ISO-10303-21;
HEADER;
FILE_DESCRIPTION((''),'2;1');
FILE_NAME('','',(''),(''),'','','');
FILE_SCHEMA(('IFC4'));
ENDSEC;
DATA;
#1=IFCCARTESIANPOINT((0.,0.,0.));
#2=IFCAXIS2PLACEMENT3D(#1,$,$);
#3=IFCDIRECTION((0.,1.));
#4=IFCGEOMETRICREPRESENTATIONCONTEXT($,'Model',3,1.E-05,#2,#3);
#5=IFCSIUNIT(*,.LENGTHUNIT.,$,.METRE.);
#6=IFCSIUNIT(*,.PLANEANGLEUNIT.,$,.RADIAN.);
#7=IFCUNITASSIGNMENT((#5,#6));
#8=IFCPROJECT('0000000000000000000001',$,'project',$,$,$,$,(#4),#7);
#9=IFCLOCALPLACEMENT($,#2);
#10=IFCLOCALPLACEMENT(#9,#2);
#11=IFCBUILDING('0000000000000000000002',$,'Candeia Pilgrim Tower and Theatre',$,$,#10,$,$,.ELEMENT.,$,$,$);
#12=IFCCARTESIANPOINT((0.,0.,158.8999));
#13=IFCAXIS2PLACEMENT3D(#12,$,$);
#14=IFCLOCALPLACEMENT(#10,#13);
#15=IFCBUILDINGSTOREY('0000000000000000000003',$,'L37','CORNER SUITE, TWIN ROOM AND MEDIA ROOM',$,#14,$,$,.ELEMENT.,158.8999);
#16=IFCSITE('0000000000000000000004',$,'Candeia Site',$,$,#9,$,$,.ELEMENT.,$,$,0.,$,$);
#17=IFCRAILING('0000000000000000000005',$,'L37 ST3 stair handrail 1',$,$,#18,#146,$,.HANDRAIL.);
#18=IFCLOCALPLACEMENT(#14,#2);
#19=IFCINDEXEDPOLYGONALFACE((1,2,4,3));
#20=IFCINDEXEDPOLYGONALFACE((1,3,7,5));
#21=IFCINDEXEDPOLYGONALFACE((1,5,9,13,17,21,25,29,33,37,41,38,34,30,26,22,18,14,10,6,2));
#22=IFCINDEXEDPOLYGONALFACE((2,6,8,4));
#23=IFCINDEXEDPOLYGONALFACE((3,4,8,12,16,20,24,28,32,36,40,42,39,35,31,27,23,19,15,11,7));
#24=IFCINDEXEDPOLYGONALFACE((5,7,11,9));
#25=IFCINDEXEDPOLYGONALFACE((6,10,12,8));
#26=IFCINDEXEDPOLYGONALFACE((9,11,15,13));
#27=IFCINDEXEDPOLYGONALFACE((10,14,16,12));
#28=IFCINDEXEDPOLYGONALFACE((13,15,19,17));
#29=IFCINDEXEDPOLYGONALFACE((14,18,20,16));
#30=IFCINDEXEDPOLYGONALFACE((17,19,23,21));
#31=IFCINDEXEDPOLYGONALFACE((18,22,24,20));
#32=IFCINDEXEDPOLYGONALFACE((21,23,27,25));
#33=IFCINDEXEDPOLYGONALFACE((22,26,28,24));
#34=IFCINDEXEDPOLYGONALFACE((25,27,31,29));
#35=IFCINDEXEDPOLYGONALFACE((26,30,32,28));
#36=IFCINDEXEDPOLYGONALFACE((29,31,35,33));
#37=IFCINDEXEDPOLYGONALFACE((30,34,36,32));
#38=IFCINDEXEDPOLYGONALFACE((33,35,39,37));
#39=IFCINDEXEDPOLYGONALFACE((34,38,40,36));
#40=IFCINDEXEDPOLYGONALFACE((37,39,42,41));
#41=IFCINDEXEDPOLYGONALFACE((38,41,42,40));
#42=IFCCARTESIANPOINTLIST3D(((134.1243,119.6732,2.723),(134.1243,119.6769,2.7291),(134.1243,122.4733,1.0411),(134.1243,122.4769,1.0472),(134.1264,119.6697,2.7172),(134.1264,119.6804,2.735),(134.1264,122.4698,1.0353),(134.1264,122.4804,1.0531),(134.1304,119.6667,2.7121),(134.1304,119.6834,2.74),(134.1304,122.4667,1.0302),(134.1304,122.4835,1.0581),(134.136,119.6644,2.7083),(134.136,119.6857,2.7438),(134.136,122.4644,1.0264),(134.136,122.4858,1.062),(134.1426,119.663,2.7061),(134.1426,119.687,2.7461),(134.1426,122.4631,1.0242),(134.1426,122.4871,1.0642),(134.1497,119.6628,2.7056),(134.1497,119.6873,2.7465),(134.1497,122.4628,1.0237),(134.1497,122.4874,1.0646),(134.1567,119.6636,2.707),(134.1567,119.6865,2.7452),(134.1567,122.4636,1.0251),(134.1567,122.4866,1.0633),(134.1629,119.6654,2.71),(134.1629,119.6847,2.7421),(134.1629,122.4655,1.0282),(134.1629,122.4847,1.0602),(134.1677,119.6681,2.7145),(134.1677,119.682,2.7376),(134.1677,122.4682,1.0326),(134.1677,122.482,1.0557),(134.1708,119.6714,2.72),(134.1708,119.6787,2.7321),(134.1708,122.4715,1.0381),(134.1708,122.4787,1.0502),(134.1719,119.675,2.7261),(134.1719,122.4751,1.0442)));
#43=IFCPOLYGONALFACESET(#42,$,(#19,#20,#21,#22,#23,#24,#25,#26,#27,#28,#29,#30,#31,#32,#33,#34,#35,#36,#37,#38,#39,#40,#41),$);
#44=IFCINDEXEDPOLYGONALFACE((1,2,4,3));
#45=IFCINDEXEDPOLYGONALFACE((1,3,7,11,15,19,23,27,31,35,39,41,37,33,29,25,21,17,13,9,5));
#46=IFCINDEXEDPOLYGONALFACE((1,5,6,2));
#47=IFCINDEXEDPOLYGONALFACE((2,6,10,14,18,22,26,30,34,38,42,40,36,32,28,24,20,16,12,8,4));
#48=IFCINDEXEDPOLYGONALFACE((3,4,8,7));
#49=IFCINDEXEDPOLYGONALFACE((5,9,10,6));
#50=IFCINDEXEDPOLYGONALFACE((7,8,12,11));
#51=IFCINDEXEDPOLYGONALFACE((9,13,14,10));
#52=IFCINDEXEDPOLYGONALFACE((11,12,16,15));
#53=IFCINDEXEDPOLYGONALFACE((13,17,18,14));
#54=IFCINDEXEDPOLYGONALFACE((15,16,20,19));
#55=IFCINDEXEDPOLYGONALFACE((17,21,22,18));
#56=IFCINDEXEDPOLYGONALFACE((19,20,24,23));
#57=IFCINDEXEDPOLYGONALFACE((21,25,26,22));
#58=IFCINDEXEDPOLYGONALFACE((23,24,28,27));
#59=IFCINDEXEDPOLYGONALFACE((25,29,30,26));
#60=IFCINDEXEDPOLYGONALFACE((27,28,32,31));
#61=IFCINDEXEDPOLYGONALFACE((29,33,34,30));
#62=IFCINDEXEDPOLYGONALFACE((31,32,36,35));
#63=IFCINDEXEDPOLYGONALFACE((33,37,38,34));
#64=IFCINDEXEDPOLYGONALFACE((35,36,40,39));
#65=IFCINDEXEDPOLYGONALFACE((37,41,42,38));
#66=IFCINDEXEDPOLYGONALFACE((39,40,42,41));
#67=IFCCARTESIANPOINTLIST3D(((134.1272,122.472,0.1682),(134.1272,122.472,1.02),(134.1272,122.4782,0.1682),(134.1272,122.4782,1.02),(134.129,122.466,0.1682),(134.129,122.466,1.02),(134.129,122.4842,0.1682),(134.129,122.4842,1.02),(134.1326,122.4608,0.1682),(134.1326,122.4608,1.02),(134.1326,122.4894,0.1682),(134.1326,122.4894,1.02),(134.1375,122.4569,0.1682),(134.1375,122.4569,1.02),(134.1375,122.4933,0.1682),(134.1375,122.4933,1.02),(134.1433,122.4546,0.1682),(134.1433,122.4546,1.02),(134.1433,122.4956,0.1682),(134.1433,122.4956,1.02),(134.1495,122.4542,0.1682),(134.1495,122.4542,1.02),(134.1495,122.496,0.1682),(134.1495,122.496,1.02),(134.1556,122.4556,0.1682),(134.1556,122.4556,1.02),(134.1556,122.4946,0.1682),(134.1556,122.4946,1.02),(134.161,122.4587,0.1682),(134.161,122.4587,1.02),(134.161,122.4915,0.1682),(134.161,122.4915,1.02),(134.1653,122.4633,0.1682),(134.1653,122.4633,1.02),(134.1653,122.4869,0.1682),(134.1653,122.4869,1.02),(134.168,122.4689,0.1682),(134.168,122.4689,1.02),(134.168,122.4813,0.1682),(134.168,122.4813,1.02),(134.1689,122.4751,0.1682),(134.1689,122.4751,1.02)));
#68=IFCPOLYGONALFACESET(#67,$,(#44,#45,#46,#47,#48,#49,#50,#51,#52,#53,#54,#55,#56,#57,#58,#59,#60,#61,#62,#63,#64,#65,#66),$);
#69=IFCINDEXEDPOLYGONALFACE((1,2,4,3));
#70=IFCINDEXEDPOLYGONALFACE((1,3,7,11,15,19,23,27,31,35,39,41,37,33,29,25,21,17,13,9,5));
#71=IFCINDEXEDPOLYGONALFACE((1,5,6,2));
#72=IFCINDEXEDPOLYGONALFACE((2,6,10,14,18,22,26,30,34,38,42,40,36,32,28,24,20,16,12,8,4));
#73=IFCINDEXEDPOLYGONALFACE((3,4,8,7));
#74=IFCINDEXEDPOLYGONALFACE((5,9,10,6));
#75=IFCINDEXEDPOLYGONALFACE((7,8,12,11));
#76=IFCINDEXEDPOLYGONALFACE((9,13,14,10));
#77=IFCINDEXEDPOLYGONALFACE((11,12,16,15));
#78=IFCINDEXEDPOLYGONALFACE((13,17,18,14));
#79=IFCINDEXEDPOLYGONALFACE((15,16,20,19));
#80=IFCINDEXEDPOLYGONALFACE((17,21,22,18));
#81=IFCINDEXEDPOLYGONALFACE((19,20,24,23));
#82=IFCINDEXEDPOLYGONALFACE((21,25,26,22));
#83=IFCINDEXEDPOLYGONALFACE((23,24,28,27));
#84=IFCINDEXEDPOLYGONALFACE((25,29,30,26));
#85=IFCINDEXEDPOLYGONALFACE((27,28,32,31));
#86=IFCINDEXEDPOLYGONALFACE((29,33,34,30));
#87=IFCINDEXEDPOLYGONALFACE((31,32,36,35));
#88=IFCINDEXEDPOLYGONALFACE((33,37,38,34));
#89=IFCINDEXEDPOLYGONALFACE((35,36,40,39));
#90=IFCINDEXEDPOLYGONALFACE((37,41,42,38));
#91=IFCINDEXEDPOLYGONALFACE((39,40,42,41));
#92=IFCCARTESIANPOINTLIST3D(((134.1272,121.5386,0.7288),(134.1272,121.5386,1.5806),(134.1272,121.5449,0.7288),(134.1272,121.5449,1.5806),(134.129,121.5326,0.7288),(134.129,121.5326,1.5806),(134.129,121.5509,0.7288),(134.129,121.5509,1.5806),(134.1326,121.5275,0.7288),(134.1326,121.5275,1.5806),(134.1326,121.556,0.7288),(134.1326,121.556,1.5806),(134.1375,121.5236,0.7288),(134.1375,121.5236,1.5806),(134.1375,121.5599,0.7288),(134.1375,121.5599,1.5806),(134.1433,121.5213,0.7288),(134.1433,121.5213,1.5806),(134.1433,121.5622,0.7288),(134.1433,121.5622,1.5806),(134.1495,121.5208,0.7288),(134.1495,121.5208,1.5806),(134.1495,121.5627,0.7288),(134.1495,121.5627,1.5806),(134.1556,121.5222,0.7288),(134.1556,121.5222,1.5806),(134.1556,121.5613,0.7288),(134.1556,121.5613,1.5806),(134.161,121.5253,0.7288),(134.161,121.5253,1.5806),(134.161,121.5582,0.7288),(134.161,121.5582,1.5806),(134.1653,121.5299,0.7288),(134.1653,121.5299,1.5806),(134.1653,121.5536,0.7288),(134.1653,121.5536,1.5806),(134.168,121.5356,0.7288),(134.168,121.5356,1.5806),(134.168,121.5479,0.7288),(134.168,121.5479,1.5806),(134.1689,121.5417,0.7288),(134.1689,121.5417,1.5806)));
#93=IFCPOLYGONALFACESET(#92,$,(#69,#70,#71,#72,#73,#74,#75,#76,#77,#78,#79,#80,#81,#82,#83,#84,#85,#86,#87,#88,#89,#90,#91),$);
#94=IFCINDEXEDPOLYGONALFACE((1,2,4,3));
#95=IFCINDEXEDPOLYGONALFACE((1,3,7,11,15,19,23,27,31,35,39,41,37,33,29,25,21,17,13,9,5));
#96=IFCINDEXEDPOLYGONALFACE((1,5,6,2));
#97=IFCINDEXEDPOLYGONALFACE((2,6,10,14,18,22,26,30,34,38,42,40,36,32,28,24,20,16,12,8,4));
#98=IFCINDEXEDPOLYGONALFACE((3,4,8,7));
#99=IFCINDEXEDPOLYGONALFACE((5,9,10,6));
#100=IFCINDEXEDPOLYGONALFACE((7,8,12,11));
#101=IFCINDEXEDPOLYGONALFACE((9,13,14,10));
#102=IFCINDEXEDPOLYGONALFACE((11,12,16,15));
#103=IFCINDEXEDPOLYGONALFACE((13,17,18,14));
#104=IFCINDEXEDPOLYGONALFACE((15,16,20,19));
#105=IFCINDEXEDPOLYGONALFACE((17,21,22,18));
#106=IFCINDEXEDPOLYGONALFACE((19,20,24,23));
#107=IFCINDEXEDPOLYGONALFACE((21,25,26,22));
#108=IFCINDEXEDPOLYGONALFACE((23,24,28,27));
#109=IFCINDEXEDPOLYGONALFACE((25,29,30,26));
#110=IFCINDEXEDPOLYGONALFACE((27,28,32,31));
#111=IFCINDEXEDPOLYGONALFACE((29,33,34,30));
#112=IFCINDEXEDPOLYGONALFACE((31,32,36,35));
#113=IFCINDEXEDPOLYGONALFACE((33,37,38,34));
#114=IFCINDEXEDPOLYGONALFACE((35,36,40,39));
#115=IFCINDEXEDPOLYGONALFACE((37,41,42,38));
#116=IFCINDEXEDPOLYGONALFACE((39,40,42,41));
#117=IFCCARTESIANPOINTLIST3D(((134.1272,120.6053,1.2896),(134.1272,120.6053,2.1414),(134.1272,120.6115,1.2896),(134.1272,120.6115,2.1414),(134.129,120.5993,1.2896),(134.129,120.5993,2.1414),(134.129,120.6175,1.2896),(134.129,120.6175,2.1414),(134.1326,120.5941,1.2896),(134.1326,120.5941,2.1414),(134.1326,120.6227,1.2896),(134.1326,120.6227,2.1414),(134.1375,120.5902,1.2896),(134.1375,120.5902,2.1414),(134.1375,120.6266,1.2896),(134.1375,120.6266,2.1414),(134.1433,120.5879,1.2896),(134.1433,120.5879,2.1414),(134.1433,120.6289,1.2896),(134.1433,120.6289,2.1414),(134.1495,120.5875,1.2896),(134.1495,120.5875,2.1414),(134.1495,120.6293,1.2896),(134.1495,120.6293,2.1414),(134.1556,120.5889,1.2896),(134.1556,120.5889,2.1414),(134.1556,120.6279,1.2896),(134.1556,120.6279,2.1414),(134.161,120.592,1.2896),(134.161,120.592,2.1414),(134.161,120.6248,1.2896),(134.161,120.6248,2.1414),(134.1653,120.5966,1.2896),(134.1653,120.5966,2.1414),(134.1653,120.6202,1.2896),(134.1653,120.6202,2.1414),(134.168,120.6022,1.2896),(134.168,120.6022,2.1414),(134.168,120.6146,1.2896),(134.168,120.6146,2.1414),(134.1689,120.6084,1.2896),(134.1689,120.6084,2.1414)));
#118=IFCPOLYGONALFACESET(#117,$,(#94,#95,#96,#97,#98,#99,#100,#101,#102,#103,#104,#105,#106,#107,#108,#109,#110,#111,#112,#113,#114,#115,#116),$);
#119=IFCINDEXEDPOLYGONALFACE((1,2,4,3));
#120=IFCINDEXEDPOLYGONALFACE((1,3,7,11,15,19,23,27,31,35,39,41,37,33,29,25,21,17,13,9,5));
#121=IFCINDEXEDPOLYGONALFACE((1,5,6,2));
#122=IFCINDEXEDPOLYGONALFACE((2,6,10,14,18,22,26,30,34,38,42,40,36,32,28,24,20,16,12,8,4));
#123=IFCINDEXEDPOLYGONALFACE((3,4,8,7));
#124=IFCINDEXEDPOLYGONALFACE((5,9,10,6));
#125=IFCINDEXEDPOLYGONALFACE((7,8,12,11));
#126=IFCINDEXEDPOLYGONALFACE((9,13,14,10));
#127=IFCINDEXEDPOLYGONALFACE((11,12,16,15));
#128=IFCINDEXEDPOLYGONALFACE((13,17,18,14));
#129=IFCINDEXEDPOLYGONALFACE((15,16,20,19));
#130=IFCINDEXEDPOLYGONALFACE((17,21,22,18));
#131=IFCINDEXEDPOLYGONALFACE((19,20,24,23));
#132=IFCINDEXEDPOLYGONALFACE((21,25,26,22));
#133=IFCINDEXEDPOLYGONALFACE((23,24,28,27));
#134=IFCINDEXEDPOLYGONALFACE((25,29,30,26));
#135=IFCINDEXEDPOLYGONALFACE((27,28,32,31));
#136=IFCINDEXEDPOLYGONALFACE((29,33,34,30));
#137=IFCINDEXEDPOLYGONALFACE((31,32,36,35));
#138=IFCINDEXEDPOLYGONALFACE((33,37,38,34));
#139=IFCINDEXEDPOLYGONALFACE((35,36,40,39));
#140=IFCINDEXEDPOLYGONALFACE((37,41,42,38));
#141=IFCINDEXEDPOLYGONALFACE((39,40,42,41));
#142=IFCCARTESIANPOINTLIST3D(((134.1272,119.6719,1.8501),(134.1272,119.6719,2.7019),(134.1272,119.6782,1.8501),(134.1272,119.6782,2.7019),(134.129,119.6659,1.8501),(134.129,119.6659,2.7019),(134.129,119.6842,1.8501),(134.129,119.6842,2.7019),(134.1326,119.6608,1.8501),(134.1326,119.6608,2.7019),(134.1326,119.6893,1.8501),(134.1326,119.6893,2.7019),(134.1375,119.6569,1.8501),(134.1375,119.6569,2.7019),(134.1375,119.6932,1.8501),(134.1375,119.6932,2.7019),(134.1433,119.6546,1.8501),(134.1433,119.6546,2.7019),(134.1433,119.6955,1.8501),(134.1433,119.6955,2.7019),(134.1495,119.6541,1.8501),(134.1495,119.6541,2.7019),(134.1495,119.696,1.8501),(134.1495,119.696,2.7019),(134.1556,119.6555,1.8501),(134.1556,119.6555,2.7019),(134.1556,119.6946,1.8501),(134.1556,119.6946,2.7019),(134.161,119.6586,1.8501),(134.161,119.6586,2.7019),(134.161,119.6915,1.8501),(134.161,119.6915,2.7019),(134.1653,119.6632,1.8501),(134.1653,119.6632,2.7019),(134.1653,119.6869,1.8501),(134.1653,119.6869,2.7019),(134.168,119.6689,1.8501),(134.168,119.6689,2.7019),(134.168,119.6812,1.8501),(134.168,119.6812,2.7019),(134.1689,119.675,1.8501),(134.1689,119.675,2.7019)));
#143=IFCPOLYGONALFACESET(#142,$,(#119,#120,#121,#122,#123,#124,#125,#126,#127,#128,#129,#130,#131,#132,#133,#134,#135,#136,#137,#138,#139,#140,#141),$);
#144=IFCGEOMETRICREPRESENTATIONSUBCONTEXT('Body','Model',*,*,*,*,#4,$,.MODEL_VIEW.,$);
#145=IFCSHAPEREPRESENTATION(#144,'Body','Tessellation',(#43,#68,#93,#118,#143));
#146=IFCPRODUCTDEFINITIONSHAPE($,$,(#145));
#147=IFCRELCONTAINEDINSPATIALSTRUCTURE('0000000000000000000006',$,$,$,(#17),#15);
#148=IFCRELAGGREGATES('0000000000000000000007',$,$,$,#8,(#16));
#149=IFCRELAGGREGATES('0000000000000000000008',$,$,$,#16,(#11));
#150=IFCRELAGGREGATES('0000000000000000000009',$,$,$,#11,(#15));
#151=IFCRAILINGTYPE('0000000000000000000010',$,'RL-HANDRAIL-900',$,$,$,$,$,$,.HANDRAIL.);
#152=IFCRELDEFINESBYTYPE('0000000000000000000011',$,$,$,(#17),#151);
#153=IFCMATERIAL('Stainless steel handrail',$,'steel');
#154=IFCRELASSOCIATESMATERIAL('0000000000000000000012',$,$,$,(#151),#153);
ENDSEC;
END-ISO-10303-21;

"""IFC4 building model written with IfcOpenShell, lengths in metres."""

from ifc_helpers import new_model, si_unit, direction, frame, origin, origin_2d, place, context, subcontext, project, spatial, circle, extrude, material, type_object, element, save


model = new_model("IFC4")

# Units and contexts
model_context = context("Model", 3, precision=1e-05, world=origin(), true_north=direction((0.0, 1.0)))
body_context = subcontext(model_context, "Body", "Model", "MODEL_VIEW")
ifc_project = project(units=[si_unit("LENGTHUNIT", "METRE"), si_unit("PLANEANGLEUNIT", "RADIAN")], contexts=[model_context])

# Site, building, storey
site_placement = place(None, origin())
site = spatial("IfcSite", under=ifc_project, at=site_placement, Name="Candeia Site", CompositionType="ELEMENT", RefElevation=0.0)
building_placement = place(site_placement, origin())
building = spatial("IfcBuilding", under=site, at=building_placement, Name="Candeia Pilgrim Tower and Theatre", CompositionType="ELEMENT")
storey_placement = place(building_placement, frame((0.0, 0.0, 158.8999)))
storey = spatial("IfcBuildingStorey", under=building, at=storey_placement, Name="L37", Description="CORNER SUITE, TWIN ROOM AND MEDIA ROOM", CompositionType="ELEMENT", Elevation=158.8999)

# Railing
ifc_material_1 = material(Name="Stainless steel handrail", Category="steel")
railing_type_1 = type_object("IfcRailingType", Name="RL-HANDRAIL-900", PredefinedType="HANDRAIL", material=ifc_material_1)
railing_1_placement = place(storey_placement, frame((134.1479, 122.4751, 0.1682)))
element("IfcRailing", 1, at=railing_1_placement, inside=storey, type_object=railing_type_1, Name="L37 ST3 stair handrail 1", PredefinedType="HANDRAIL", context=body_context, shape_type="SweptSolid", body=[
    extrude(circle(Radius=0.0239, at=origin_2d()), frame((0.0, 0.0, 0.876), z_axis=(0.0, -0.857242, 0.514913), x_axis=(1.0, 0.0, 0.0)), (0.0, 0.0, 1.0), 3.2664),
    extrude(circle(Radius=0.021, at=origin_2d()), origin(), (0.0, 0.0, 1.0), 0.8518),
    extrude(circle(Radius=0.021, at=origin_2d()), frame((0.0, -0.9333, 0.5605)), (0.0, 0.0, 1.0), 0.8518),
    extrude(circle(Radius=0.021, at=origin_2d()), frame((0.0, -1.8667, 1.1213)), (0.0, 0.0, 1.0), 0.8518),
    extrude(circle(Radius=0.021, at=origin_2d()), frame((0.0, -2.8, 1.6819)), (0.0, 0.0, 1.0), 0.8518),
])

save(model, "model.ifc")
